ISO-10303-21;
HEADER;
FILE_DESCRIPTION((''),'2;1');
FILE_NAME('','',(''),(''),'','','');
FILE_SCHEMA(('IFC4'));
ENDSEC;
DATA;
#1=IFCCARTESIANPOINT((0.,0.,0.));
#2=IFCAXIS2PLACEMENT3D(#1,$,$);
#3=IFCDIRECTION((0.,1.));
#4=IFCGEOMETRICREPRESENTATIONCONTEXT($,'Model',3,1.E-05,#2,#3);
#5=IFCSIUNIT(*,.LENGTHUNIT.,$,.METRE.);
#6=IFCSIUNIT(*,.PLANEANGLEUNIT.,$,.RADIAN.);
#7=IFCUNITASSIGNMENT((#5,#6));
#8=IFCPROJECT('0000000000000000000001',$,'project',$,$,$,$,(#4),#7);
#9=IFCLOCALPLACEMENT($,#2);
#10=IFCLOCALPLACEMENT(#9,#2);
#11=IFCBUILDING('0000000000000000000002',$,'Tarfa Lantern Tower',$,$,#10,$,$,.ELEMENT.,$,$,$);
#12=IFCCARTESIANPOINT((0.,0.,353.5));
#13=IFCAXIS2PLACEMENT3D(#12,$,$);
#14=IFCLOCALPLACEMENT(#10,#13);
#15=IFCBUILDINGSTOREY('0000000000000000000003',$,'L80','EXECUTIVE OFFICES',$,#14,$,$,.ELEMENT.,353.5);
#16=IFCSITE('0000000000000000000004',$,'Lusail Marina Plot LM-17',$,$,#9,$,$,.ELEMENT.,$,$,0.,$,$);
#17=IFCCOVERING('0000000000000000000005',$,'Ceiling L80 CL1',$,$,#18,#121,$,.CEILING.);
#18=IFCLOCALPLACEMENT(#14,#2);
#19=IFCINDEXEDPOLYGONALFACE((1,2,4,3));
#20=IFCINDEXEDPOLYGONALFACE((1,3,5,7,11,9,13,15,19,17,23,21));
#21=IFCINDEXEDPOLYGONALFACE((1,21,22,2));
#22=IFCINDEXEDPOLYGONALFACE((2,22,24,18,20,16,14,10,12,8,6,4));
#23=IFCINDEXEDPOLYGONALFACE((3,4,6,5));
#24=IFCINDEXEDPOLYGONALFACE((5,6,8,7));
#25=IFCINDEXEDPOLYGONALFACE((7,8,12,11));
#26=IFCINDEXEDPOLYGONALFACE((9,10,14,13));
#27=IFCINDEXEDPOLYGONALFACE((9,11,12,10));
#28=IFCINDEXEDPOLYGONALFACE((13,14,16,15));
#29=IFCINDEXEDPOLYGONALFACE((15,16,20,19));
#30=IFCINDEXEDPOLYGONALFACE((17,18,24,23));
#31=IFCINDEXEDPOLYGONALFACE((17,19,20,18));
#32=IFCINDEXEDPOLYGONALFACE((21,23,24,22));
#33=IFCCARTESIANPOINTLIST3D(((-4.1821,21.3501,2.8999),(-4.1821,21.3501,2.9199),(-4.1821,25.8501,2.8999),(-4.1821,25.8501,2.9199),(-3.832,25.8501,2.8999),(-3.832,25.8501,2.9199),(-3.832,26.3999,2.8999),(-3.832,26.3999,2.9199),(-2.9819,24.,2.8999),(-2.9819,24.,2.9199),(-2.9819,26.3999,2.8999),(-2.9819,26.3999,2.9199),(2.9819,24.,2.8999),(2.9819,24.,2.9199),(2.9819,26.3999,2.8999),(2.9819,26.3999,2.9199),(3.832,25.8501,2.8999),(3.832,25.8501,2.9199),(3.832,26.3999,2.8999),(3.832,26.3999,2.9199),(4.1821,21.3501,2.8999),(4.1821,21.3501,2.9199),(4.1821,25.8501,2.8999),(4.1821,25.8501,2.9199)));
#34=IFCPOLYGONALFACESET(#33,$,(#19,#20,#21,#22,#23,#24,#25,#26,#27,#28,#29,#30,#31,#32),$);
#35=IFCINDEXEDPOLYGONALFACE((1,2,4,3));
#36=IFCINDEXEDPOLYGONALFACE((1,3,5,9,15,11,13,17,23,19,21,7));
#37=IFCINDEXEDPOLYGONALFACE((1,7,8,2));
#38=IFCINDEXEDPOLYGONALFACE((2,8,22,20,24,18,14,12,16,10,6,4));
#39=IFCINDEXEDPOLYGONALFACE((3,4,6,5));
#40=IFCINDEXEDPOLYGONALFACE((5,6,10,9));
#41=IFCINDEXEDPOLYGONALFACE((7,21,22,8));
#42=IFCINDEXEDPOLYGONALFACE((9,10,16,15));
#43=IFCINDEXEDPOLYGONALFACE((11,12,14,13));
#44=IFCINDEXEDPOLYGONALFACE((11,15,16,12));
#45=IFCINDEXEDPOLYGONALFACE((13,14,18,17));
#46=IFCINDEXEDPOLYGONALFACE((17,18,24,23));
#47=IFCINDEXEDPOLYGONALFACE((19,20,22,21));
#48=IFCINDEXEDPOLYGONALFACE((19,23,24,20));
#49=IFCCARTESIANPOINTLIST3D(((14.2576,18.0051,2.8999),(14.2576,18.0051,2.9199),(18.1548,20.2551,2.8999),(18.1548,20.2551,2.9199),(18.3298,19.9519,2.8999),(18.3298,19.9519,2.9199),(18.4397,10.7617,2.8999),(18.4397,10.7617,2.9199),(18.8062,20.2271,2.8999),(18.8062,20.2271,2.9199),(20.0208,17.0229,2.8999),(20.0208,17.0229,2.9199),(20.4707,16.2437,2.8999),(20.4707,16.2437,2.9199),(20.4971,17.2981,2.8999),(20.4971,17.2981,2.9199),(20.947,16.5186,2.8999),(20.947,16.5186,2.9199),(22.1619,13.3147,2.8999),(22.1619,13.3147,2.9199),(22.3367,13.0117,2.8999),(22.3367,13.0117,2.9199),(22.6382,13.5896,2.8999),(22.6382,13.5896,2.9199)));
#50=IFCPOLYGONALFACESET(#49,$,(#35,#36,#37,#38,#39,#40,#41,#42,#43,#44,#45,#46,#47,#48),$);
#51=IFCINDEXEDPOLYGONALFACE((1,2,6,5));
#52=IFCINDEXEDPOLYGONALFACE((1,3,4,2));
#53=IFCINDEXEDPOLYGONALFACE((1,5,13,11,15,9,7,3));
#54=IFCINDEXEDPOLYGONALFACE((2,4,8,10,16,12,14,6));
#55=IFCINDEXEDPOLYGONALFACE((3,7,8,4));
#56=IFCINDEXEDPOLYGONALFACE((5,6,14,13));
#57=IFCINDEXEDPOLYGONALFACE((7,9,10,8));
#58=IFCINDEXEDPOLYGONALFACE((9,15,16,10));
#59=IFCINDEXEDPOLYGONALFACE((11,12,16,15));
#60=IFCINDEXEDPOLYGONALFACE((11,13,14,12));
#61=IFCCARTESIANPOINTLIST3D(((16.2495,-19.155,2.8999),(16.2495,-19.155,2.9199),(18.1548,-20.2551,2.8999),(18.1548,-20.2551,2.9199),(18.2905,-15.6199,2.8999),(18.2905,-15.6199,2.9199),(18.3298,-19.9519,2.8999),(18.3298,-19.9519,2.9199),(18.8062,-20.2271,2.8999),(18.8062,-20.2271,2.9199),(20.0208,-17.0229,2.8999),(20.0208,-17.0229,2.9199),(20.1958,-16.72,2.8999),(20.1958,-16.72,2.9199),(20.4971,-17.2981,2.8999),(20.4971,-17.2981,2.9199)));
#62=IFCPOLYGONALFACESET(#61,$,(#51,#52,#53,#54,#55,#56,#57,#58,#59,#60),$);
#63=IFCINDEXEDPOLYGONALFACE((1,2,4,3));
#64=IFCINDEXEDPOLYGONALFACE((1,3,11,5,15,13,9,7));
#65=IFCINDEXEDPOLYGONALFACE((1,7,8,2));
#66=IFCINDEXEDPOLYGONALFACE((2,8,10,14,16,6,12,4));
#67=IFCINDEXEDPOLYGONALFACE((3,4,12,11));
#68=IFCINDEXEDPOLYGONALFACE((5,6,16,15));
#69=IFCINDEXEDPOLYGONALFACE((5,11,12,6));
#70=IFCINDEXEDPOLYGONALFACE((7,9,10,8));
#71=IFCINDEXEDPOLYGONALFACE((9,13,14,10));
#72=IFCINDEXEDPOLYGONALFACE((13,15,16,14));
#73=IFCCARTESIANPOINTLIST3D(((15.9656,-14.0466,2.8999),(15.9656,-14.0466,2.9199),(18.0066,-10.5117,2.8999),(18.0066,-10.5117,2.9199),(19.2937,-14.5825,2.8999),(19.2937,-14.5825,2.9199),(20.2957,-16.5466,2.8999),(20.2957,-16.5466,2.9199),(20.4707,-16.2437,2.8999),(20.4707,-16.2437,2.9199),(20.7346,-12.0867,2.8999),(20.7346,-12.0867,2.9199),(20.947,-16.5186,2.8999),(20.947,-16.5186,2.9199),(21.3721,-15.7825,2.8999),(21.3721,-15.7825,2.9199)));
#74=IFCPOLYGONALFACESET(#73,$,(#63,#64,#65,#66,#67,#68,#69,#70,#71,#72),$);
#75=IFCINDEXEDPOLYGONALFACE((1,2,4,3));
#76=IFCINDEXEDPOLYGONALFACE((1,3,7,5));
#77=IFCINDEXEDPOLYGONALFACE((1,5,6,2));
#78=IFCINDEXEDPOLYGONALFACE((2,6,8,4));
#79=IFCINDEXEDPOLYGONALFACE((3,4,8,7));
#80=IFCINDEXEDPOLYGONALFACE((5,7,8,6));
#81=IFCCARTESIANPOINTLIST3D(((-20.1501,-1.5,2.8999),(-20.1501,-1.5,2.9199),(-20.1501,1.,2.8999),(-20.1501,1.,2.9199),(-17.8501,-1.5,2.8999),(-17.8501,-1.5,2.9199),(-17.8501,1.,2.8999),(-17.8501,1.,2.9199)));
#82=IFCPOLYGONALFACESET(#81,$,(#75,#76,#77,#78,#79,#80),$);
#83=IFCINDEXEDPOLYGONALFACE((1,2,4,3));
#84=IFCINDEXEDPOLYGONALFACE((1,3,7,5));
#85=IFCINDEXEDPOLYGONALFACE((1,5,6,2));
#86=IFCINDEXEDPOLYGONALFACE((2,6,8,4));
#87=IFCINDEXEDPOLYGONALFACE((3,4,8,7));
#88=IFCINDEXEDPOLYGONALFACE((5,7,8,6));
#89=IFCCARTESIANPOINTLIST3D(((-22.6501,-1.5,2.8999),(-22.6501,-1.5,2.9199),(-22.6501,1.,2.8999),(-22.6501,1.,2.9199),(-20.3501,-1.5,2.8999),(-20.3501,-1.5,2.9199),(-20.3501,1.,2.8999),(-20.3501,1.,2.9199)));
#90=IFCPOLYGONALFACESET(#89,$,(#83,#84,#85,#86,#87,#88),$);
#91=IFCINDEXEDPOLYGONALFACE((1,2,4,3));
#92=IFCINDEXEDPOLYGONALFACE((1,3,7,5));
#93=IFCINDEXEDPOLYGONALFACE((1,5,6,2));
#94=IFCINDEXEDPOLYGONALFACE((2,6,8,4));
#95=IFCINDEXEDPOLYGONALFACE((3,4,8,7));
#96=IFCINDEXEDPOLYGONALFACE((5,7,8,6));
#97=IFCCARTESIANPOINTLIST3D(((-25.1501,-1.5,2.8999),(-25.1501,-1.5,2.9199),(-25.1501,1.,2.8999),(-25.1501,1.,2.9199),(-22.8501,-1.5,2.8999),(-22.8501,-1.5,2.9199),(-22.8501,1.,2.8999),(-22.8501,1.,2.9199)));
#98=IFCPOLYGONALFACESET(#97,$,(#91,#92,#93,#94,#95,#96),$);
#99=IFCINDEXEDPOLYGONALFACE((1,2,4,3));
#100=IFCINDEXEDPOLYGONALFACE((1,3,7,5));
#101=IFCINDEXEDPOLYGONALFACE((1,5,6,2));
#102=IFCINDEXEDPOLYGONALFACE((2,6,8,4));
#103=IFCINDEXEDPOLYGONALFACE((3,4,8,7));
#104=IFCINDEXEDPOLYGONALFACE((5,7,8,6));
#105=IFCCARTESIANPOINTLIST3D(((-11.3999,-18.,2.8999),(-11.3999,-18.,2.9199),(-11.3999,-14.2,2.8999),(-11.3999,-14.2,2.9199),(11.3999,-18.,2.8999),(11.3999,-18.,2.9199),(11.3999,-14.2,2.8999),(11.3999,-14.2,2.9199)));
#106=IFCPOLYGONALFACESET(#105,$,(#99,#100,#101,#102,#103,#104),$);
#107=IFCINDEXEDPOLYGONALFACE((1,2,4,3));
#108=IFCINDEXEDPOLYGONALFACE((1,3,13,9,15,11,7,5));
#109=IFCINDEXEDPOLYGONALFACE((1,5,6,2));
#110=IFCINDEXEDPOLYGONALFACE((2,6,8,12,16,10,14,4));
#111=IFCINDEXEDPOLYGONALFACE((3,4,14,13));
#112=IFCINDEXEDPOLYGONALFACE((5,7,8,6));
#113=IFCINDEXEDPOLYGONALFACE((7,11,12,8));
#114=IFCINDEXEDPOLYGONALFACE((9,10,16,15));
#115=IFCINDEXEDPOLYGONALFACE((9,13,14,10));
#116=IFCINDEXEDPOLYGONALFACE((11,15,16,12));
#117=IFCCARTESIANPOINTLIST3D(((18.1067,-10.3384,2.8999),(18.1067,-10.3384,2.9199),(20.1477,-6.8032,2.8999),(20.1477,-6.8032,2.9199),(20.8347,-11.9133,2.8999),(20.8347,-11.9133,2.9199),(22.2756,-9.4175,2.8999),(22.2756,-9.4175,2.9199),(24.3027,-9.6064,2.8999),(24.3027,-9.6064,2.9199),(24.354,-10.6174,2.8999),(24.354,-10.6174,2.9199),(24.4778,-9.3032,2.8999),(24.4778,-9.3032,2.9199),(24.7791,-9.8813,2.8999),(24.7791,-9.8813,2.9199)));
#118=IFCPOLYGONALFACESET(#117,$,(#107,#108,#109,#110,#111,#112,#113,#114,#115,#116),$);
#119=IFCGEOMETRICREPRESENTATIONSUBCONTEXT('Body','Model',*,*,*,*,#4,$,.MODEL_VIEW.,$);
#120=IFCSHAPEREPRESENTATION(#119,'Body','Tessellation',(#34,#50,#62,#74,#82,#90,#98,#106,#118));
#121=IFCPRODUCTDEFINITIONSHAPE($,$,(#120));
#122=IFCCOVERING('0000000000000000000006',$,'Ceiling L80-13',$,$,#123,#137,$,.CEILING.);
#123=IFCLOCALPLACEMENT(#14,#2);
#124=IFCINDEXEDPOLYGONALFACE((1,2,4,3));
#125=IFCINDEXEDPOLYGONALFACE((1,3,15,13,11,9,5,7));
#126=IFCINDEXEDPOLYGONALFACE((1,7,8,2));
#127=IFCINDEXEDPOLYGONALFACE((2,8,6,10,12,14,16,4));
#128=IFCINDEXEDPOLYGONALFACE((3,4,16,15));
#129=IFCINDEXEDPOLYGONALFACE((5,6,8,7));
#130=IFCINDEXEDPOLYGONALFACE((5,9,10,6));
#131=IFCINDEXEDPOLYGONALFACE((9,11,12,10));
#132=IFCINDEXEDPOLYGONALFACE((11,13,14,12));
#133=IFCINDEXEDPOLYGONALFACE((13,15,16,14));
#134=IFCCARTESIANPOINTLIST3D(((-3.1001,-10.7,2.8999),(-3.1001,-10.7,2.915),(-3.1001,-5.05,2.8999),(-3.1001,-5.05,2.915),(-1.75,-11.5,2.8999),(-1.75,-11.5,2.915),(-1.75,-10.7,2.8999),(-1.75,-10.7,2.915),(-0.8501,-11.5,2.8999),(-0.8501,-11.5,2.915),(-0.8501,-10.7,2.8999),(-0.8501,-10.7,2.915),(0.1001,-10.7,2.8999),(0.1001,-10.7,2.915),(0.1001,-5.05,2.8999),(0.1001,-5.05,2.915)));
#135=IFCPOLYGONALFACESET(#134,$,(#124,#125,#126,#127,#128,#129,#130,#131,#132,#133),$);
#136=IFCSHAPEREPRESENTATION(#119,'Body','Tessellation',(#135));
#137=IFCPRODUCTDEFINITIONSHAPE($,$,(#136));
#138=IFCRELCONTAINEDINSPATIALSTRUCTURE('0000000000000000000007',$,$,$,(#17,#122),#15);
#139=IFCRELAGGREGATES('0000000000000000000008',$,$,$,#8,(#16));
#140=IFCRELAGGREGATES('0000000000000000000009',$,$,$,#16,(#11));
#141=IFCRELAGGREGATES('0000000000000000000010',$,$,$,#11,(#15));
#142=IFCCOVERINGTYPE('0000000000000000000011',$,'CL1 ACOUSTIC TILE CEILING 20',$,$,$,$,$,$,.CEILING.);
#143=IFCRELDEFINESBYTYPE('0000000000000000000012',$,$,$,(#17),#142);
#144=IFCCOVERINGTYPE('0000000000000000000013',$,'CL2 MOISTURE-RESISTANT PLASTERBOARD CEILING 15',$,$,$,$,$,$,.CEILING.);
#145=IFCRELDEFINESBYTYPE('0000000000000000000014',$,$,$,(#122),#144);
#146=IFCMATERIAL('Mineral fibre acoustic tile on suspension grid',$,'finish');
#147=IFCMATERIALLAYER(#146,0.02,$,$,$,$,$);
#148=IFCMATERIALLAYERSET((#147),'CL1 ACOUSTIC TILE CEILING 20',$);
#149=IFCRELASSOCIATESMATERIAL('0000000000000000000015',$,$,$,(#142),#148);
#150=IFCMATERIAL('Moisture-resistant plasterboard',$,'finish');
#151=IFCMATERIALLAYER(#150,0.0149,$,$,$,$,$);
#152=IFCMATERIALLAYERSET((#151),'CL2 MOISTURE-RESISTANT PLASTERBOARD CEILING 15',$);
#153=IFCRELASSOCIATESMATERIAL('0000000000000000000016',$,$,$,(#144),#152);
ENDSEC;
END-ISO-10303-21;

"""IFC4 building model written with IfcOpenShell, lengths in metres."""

from ifc_helpers import new_model, si_unit, direction, frame, origin, place, context, subcontext, project, spatial, polyline, outline, extrude, material, layer, layer_set, type_object, element, save


model = new_model("IFC4")

# Units and contexts
model_context = context("Model", 3, precision=1e-05, world=origin(), true_north=direction((0.0, 1.0)))
body_context = subcontext(model_context, "Body", "Model", "MODEL_VIEW")
ifc_project = project(units=[si_unit("LENGTHUNIT", "METRE"), si_unit("PLANEANGLEUNIT", "RADIAN")], contexts=[model_context])

# Site, building, storey
site_placement = place(None, origin())
site = spatial("IfcSite", under=ifc_project, at=site_placement, Name="Lusail Marina Plot LM-17", CompositionType="ELEMENT", RefElevation=0.0)
building_placement = place(site_placement, origin())
building = spatial("IfcBuilding", under=site, at=building_placement, Name="Tarfa Lantern Tower", CompositionType="ELEMENT")
storey_placement = place(building_placement, frame((0.0, 0.0, 353.5)))
storey = spatial("IfcBuildingStorey", under=building, at=storey_placement, Name="L80", Description="EXECUTIVE OFFICES", CompositionType="ELEMENT", Elevation=353.5)

# Coverings
ifc_material_1 = material(Name="Mineral fibre acoustic tile on suspension grid", Category="finish")
ifc_layer_1 = layer(ifc_material_1, 0.02)
ifc_layer_set_1 = layer_set([ifc_layer_1], Name="CL1 ACOUSTIC TILE CEILING 20")
covering_type_1 = type_object("IfcCoveringType", Name="CL1 ACOUSTIC TILE CEILING 20", PredefinedType="CEILING", material=ifc_layer_set_1)
covering_1_placement = place(storey_placement, frame((0.0, 0.0, 2.8999)))
element("IfcCovering", 1, at=covering_1_placement, inside=storey, type_object=covering_type_1, Name="Ceiling L80 CL1", PredefinedType="CEILING", context=body_context, shape_type="SweptSolid", body=[
    extrude(outline(polyline([(4.1821, 21.3501), (-4.1821, 21.3501), (-4.1821, 25.8501), (-3.832, 25.8501), (-3.832, 26.3999), (-2.9819, 26.3999), (-2.9819, 24.0), (2.9819, 24.0), (2.9819, 26.3999), (3.832, 26.3999), (3.832, 25.8501), (4.1821, 25.8501), (4.1821, 21.3501)])), origin(), (0.0, 0.0, 1.0), 0.02),
    extrude(outline(polyline([(14.2576, 18.0051), (18.1548, 20.2551), (18.3298, 19.9519), (18.8062, 20.2271), (20.4971, 17.2981), (20.0208, 17.0229), (20.4707, 16.2437), (20.947, 16.5186), (22.6382, 13.5896), (22.1619, 13.3147), (22.3367, 13.0117), (18.4397, 10.7617), (14.2576, 18.0051)])), origin(), (0.0, 0.0, 1.0), 0.02),
    extrude(outline(polyline([(16.2495, -19.155), (18.2905, -15.6199), (20.1958, -16.72), (20.0208, -17.0229), (20.4971, -17.2981), (18.8062, -20.2271), (18.3298, -19.9519), (18.1548, -20.2551), (16.2495, -19.155)])), origin(), (0.0, 0.0, 1.0), 0.02),
    extrude(outline(polyline([(18.0066, -10.5117), (20.7346, -12.0867), (19.2937, -14.5825), (21.3721, -15.7825), (20.947, -16.5186), (20.4707, -16.2437), (20.2957, -16.5466), (15.9656, -14.0466), (18.0066, -10.5117)])), origin(), (0.0, 0.0, 1.0), 0.02),
    extrude(outline(polyline([(-20.1501, 1.0), (-17.8501, 1.0), (-17.8501, -1.5), (-20.1501, -1.5), (-20.1501, 1.0)])), origin(), (0.0, 0.0, 1.0), 0.02),
    extrude(outline(polyline([(-22.6501, 1.0), (-20.3501, 1.0), (-20.3501, -1.5), (-22.6501, -1.5), (-22.6501, 1.0)])), origin(), (0.0, 0.0, 1.0), 0.02),
    extrude(outline(polyline([(-25.1501, 1.0), (-22.8501, 1.0), (-22.8501, -1.5), (-25.1501, -1.5), (-25.1501, 1.0)])), origin(), (0.0, 0.0, 1.0), 0.02),
    extrude(outline(polyline([(-11.3999, -14.2), (11.3999, -14.2), (11.3999, -18.0), (-11.3999, -18.0), (-11.3999, -14.2)])), origin(), (0.0, 0.0, 1.0), 0.02),
    extrude(outline(polyline([(20.1477, -6.8032), (24.4778, -9.3032), (24.3027, -9.6064), (24.7791, -9.8813), (24.354, -10.6174), (22.2756, -9.4175), (20.8347, -11.9133), (18.1067, -10.3384), (20.1477, -6.8032)])), origin(), (0.0, 0.0, 1.0), 0.02),
])
ifc_material_2 = material(Name="Moisture-resistant plasterboard", Category="finish")
ifc_layer_2 = layer(ifc_material_2, 0.0149)
ifc_layer_set_2 = layer_set([ifc_layer_2], Name="CL2 MOISTURE-RESISTANT PLASTERBOARD CEILING 15")
covering_type_2 = type_object("IfcCoveringType", Name="CL2 MOISTURE-RESISTANT PLASTERBOARD CEILING 15", PredefinedType="CEILING", material=ifc_layer_set_2)
covering_2_placement = place(storey_placement, frame((0.0, 0.0, 2.8999)))
element("IfcCovering", 2, at=covering_2_placement, inside=storey, type_object=covering_type_2, Name="Ceiling L80-13", PredefinedType="CEILING", context=body_context, shape_type="SweptSolid", body=[
    extrude(outline(polyline([(-0.8501, -10.7), (0.1001, -10.7), (0.1001, -5.05), (-3.1001, -5.05), (-3.1001, -10.7), (-1.75, -10.7), (-1.75, -11.5), (-0.8501, -11.5), (-0.8501, -10.7)])), origin(), (0.0, 0.0, 1.0), 0.0151),
])

save(model, "model.ifc")
